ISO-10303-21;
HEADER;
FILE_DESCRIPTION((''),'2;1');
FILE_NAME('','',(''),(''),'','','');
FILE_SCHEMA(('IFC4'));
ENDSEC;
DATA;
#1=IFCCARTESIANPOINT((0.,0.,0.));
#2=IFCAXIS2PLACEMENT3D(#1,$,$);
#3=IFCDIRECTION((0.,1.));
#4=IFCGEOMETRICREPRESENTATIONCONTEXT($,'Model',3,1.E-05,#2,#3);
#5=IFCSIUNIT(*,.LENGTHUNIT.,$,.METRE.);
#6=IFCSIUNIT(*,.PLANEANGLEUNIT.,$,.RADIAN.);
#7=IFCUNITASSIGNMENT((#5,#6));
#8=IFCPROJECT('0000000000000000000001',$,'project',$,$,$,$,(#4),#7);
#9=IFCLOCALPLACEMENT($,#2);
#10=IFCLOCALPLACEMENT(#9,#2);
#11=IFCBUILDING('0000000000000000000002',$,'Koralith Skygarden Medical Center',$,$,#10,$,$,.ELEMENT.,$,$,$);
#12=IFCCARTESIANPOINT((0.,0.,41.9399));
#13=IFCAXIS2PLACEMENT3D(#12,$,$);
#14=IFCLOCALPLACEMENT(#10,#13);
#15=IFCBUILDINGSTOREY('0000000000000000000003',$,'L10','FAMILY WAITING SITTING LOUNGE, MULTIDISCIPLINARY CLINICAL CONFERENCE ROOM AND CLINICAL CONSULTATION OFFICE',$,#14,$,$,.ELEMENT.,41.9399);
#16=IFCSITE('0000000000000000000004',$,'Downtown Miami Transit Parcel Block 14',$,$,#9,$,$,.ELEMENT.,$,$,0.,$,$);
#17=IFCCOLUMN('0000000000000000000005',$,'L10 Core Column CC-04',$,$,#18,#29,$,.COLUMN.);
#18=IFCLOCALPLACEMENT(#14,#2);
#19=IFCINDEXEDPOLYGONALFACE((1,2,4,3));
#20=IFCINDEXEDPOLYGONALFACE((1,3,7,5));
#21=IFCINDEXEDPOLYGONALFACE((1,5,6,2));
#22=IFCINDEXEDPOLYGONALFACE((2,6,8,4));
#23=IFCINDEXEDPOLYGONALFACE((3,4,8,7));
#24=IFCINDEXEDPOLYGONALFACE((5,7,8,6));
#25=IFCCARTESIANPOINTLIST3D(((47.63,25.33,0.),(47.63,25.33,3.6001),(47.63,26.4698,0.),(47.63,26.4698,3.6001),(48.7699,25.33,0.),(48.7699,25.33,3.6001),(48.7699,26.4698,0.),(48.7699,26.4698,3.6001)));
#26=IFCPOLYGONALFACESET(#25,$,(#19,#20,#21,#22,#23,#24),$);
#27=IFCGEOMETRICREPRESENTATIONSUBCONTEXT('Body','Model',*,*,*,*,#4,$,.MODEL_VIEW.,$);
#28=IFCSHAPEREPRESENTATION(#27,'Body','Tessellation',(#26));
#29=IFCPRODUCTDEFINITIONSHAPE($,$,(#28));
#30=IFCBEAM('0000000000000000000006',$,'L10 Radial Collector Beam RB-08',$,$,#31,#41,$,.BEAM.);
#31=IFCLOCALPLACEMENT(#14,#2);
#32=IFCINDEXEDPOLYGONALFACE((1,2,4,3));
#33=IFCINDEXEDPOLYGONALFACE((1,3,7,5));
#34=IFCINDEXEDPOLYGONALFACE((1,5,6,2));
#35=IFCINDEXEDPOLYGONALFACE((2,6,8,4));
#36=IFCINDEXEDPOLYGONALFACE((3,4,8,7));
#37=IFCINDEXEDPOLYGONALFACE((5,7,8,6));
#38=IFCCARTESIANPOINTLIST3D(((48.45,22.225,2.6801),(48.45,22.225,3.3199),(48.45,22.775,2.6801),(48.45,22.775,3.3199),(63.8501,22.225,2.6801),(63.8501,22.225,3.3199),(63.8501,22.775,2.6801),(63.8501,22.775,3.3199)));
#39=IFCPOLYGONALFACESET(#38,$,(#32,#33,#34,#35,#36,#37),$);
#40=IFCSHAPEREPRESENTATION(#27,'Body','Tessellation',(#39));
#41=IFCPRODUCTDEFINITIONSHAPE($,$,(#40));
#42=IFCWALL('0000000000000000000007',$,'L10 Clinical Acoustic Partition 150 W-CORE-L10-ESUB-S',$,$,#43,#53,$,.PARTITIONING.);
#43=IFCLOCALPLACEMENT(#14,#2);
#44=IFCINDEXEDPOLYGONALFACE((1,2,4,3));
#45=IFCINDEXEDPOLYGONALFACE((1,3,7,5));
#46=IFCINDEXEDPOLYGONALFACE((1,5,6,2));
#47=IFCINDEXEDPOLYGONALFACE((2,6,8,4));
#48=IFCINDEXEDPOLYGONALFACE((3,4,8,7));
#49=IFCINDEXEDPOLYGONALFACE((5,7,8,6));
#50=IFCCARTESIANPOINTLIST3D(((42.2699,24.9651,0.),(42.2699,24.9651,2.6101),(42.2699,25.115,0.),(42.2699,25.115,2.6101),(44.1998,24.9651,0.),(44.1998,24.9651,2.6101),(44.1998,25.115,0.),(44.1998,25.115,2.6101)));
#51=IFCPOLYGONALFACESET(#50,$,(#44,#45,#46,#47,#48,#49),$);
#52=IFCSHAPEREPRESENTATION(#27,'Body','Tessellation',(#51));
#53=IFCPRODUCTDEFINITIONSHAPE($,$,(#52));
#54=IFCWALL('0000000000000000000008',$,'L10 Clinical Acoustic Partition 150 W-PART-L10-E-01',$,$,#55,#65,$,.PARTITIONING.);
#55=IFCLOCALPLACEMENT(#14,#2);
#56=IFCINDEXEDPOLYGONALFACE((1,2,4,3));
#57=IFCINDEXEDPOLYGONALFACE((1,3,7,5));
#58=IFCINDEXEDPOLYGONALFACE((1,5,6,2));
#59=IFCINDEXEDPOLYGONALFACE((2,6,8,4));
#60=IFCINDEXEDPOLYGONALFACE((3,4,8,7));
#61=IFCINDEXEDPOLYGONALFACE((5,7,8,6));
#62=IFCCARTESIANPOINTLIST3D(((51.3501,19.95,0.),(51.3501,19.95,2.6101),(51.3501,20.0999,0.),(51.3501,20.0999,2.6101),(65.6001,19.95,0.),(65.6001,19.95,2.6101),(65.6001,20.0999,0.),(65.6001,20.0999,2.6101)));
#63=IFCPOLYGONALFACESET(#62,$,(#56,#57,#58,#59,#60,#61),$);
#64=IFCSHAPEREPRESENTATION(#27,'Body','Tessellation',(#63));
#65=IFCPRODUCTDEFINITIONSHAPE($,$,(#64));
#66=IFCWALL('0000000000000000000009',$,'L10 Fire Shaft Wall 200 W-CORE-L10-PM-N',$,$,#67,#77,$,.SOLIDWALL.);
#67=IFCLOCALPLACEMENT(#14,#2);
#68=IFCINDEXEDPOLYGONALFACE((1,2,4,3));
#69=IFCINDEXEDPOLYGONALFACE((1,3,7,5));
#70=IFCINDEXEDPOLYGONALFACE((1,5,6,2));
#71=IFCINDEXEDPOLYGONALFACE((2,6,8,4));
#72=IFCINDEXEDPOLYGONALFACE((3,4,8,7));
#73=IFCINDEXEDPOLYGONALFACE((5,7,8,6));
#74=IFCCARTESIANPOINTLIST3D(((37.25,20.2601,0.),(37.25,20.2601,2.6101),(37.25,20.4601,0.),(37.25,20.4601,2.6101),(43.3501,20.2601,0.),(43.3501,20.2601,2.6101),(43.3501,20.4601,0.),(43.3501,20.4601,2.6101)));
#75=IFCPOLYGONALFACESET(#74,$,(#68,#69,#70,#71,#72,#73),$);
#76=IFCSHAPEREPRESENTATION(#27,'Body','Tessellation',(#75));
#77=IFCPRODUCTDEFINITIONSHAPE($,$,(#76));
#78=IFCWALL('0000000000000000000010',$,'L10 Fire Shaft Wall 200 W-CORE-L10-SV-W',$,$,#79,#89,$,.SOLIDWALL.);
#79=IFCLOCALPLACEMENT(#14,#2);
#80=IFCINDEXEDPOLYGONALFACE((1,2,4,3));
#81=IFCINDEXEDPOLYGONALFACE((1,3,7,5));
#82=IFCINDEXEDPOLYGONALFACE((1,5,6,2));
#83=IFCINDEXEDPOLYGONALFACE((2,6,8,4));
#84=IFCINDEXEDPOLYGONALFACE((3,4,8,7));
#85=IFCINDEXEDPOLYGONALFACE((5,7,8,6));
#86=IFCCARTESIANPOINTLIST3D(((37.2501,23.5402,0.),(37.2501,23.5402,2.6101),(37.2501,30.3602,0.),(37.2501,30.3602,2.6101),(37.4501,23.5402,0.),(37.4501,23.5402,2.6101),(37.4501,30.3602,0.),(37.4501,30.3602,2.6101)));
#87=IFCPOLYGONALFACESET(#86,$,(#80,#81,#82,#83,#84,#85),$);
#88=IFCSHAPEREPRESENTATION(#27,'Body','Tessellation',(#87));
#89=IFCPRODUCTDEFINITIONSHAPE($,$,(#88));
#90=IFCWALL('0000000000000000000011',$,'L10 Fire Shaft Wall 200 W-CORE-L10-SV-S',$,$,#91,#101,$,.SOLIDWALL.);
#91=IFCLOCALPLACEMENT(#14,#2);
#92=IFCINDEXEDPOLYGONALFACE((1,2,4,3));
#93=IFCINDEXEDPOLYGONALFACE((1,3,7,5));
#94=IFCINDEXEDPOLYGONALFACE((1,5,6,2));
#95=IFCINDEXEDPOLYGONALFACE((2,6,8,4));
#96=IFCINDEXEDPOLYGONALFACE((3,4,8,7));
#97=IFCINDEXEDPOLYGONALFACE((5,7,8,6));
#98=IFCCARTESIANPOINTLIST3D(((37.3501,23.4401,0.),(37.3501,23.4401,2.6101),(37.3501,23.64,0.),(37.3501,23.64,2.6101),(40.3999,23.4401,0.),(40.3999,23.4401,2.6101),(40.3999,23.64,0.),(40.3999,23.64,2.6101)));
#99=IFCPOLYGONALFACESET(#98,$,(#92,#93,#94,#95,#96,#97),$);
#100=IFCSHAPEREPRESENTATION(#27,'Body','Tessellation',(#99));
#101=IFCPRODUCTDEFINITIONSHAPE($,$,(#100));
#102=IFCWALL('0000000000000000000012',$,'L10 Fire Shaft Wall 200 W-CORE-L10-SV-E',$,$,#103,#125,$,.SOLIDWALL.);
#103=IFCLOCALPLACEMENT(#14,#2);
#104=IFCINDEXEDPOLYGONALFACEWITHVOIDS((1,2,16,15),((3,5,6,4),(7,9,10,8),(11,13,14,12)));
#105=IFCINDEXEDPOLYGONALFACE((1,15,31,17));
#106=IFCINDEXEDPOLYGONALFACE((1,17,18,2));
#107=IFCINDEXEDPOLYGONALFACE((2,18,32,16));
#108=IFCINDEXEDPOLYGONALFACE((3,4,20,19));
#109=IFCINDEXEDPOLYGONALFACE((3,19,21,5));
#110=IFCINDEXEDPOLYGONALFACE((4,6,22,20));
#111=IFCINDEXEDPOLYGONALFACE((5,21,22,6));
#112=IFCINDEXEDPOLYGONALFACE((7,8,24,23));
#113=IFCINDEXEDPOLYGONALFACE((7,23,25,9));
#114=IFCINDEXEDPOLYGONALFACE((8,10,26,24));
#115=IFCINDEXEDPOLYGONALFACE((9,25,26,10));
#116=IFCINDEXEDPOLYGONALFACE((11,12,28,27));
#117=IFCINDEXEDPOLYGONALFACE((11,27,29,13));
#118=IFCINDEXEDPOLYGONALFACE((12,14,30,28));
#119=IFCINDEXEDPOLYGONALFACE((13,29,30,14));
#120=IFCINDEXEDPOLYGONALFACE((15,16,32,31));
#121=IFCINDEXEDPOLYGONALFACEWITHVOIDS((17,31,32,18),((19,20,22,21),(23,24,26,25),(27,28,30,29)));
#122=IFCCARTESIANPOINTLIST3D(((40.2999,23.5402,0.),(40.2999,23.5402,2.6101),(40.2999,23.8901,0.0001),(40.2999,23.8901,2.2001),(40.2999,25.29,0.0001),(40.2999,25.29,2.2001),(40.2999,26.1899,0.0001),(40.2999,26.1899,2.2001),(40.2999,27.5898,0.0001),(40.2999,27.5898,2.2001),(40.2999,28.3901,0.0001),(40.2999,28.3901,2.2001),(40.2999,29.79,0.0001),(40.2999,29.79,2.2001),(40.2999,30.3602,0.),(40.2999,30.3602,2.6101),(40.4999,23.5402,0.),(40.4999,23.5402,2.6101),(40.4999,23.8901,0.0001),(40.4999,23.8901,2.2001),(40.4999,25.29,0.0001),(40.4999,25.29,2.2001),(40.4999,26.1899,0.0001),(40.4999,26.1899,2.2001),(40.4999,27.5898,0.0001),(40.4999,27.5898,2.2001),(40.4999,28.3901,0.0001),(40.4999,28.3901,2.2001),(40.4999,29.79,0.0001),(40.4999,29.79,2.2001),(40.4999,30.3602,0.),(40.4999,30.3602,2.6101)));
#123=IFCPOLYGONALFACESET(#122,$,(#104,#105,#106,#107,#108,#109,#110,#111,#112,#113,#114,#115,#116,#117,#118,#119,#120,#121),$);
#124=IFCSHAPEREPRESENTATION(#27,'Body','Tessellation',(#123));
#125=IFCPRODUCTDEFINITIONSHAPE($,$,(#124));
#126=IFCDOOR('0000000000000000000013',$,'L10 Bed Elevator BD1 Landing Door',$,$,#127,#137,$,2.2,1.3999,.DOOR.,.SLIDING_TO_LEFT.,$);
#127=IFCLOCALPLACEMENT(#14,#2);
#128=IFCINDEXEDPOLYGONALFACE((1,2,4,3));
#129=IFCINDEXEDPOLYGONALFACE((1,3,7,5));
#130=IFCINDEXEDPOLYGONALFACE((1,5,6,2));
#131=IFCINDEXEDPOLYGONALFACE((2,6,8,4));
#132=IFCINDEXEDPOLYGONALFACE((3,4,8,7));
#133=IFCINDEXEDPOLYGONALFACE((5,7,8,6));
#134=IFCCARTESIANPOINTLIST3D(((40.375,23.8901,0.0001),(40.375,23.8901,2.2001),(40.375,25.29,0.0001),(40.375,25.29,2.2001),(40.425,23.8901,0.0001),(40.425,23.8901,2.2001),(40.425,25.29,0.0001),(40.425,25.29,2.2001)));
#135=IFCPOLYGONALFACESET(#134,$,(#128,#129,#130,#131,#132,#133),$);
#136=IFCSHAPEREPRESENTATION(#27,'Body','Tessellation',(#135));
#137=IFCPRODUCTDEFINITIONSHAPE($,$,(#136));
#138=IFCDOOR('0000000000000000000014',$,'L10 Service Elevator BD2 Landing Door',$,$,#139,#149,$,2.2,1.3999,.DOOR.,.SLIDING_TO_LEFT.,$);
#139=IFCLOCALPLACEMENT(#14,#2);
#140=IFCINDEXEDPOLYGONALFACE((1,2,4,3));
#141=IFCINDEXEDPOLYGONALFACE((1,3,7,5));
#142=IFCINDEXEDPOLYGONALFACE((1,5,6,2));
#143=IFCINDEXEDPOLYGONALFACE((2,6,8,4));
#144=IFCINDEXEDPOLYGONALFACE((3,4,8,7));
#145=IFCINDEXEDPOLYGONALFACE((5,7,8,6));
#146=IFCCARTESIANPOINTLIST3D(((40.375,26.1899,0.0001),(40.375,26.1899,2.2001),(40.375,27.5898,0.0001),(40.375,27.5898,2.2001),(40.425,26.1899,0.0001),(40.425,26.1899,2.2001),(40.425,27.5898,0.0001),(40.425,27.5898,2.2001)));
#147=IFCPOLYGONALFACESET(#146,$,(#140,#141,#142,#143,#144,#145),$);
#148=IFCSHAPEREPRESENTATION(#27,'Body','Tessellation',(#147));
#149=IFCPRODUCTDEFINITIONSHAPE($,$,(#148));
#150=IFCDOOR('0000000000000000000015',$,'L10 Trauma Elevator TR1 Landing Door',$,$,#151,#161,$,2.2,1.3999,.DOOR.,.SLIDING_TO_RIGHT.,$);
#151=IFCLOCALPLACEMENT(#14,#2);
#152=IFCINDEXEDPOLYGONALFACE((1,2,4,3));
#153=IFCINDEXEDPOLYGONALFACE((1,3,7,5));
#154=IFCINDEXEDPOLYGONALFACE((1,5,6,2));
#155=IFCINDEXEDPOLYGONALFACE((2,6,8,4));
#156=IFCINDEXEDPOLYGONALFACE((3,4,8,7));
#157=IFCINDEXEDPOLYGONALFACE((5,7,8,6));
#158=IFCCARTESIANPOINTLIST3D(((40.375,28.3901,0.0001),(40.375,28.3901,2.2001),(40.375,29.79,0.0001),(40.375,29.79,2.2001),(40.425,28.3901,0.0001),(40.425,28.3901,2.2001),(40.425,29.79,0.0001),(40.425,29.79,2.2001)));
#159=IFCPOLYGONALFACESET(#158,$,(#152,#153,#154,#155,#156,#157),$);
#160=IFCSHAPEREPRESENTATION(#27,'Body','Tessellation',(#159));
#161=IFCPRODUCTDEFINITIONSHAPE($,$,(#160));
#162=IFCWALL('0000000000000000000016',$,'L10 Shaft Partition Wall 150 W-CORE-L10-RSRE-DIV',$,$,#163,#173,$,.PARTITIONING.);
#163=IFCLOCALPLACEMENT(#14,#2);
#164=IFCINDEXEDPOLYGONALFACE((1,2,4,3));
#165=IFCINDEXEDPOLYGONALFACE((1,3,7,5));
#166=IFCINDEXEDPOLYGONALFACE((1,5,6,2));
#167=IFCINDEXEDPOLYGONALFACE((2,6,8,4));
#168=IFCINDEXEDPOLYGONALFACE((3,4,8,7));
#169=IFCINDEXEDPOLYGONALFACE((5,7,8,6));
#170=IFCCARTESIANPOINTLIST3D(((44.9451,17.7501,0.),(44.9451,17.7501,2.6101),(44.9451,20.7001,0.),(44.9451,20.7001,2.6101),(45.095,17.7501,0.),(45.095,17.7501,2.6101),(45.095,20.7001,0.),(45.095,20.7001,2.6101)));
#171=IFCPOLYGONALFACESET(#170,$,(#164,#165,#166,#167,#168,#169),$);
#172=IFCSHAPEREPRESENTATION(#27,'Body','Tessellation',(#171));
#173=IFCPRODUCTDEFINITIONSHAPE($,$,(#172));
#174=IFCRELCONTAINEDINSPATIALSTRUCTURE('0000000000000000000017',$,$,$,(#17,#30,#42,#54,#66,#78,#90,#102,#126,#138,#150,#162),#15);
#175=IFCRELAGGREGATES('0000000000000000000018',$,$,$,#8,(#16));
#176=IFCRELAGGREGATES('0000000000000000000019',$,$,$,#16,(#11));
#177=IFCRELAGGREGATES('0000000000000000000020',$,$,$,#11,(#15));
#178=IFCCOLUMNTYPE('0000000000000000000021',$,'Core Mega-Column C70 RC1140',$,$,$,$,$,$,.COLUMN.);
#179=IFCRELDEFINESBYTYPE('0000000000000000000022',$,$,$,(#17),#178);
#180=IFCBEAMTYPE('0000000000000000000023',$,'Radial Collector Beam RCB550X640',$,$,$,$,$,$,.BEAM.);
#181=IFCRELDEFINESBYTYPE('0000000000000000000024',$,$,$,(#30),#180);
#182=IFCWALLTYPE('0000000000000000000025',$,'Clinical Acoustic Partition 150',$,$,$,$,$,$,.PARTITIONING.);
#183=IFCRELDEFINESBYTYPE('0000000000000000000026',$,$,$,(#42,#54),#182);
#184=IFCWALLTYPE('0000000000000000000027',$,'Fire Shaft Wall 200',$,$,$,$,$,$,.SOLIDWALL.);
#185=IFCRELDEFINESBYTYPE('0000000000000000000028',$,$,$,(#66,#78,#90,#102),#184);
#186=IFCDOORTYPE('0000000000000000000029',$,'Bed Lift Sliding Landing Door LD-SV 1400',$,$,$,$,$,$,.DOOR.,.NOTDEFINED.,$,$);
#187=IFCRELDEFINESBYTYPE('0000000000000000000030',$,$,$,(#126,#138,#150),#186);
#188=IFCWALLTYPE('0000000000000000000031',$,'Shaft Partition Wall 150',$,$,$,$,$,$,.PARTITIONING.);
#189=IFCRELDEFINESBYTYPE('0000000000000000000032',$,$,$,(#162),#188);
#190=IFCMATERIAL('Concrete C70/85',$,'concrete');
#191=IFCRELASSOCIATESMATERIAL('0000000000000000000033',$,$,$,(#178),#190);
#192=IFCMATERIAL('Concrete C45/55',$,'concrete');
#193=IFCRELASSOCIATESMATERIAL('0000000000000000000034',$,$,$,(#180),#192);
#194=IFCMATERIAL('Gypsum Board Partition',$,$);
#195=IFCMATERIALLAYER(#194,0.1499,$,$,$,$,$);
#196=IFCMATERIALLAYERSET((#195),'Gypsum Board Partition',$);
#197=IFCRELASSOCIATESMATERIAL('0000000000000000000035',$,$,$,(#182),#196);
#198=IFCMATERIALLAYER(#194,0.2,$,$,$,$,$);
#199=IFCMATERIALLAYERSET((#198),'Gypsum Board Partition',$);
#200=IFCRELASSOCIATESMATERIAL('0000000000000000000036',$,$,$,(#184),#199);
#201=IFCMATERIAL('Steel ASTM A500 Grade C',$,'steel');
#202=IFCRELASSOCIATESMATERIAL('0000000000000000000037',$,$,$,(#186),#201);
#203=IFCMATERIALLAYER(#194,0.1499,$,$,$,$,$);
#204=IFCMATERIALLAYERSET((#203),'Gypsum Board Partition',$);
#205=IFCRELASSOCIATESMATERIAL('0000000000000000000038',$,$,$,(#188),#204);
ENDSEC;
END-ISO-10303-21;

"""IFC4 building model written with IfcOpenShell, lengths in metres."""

from ifc_helpers import new_model, si_unit, direction, frame, frame_2d, origin, origin_2d, place, context, subcontext, project, spatial, rectangle, extrude, material, layer, layer_set, material_profile, profile_set, type_object, element, fill, save


model = new_model("IFC4")

# Units and contexts
model_context = context("Model", 3, precision=1e-05, world=origin(), true_north=direction((0.0, 1.0)))
body_context = subcontext(model_context, "Body", "Model", "MODEL_VIEW")
ifc_project = project(units=[si_unit("LENGTHUNIT", "METRE"), si_unit("PLANEANGLEUNIT", "RADIAN")], contexts=[model_context])

# Site, building, storey
site_placement = place(None, origin())
site = spatial("IfcSite", under=ifc_project, at=site_placement, Name="Downtown Miami Transit Parcel Block 14", CompositionType="ELEMENT", RefElevation=0.0)
building_placement = place(site_placement, origin())
building = spatial("IfcBuilding", under=site, at=building_placement, Name="Koralith Skygarden Medical Center", CompositionType="ELEMENT")
storey_placement = place(building_placement, frame((0.0, 0.0, 41.9399)))
storey = spatial("IfcBuildingStorey", under=building, at=storey_placement, Name="L10", Description="FAMILY WAITING SITTING LOUNGE, MULTIDISCIPLINARY CLINICAL CONFERENCE ROOM AND CLINICAL CONSULTATION OFFICE", CompositionType="ELEMENT", Elevation=41.9399)

# Column
ifc_material_1 = material(Name="Concrete C70/85", Category="concrete")
ifc_material_profile_1 = material_profile(ifc_material_1, rectangle(XDim=1.1399, YDim=1.1399, at=origin_2d()), Name="RC1140X1140")
ifc_profile_set_1 = profile_set([ifc_material_profile_1], Name="Concrete C70/85")
column_type = type_object("IfcColumnType", Name="Core Mega-Column C70 RC1140", PredefinedType="COLUMN", material=ifc_profile_set_1)
column_placement = place(storey_placement, frame((48.2, 25.8999, 0.0), z_axis=(0.0, 0.0, 1.0), x_axis=(1.0, 0.0, 0.0)))
element("IfcColumn", 1, at=column_placement, inside=storey, type_object=column_type, Name="L10 Core Column CC-04", PredefinedType="COLUMN", context=body_context, shape_type="SweptSolid", body=[
    extrude(rectangle(XDim=1.1399, YDim=1.1399, at=origin_2d()), origin(), (0.0, 0.0, 1.0), 3.6001),
])

# Beam
ifc_material_2 = material(Name="Concrete C45/55", Category="concrete")
ifc_material_profile_2 = material_profile(ifc_material_2, rectangle(XDim=0.55, YDim=0.6399, at=origin_2d()), Name="RCB550X640")
ifc_profile_set_2 = profile_set([ifc_material_profile_2], Name="Concrete C45/55")
beam_type = type_object("IfcBeamType", Name="Radial Collector Beam RCB550X640", PredefinedType="BEAM", material=ifc_profile_set_2)
beam_placement = place(storey_placement, frame((48.45, 22.5, 3.0), z_axis=(1.0, 0.0, 0.0), x_axis=(0.0, 1.0, 0.0)))
element("IfcBeam", 2, at=beam_placement, inside=storey, type_object=beam_type, Name="L10 Radial Collector Beam RB-08", PredefinedType="BEAM", context=body_context, shape_type="SweptSolid", body=[
    extrude(rectangle(XDim=0.55, YDim=0.6399, at=origin_2d()), origin(), (0.0, 0.0, 1.0), 15.4001),
])

# Shared definitions
ifc_material_3 = material(Name="Gypsum Board Partition")
ifc_layer_1 = layer(ifc_material_3, 0.1499)
ifc_layer_set_1 = layer_set([ifc_layer_1], Name="Gypsum Board Partition")
wall_type_1 = type_object("IfcWallType", Name="Clinical Acoustic Partition 150", PredefinedType="PARTITIONING", material=ifc_layer_set_1)

# Walls
wall_1_placement = place(storey_placement, frame((42.27, 25.04, 0.0), z_axis=(0.0, 0.0, 1.0), x_axis=(1.0, 0.0, 0.0)))
element("IfcWall", 3, at=wall_1_placement, inside=storey, type_object=wall_type_1, Name="L10 Clinical Acoustic Partition 150 W-CORE-L10-ESUB-S", PredefinedType="PARTITIONING", context=body_context, shape_type="SweptSolid", body=[
    extrude(rectangle(XDim=1.9299, YDim=0.1499, at=frame_2d((0.9648, 0.0))), origin(), (0.0, 0.0, 1.0), 2.6101),
])
wall_2_placement = place(storey_placement, frame((51.3501, 20.0249, 0.0), z_axis=(0.0, 0.0, 1.0), x_axis=(1.0, 0.0, 0.0)))
element("IfcWall", 4, at=wall_2_placement, inside=storey, type_object=wall_type_1, Name="L10 Clinical Acoustic Partition 150 W-PART-L10-E-01", PredefinedType="PARTITIONING", context=body_context, shape_type="SweptSolid", body=[
    extrude(rectangle(XDim=14.25, YDim=0.1499, at=frame_2d((7.125, 0.0))), origin(), (0.0, 0.0, 1.0), 2.6101),
])

# Shared definitions
ifc_layer_2 = layer(ifc_material_3, 0.2)
ifc_layer_set_2 = layer_set([ifc_layer_2], Name="Gypsum Board Partition")
wall_type_2 = type_object("IfcWallType", Name="Fire Shaft Wall 200", PredefinedType="SOLIDWALL", material=ifc_layer_set_2)
ifc_material_4 = material(Name="Steel ASTM A500 Grade C", Category="steel")

# Walls
wall_3_placement = place(storey_placement, frame((37.25, 20.3601, 0.0), z_axis=(0.0, 0.0, 1.0), x_axis=(1.0, 0.0, 0.0)))
element("IfcWall", 5, at=wall_3_placement, inside=storey, type_object=wall_type_2, Name="L10 Fire Shaft Wall 200 W-CORE-L10-PM-N", PredefinedType="SOLIDWALL", context=body_context, shape_type="SweptSolid", body=[
    extrude(rectangle(XDim=6.1001, YDim=0.2, at=frame_2d((3.05, 0.0))), origin(), (0.0, 0.0, 1.0), 2.6101),
])
wall_4_placement = place(storey_placement, frame((37.3501, 23.54, 0.0), z_axis=(0.0, 0.0, 1.0), x_axis=(0.0, 1.0, 0.0)))
element("IfcWall", 6, at=wall_4_placement, inside=storey, type_object=wall_type_2, Name="L10 Fire Shaft Wall 200 W-CORE-L10-SV-W", PredefinedType="SOLIDWALL", context=body_context, shape_type="SweptSolid", body=[
    extrude(rectangle(XDim=6.8201, YDim=0.2, at=frame_2d((3.4102, 0.0))), origin(), (0.0, 0.0, 1.0), 2.6101),
])
wall_5_placement = place(storey_placement, frame((37.3501, 23.54, 0.0), z_axis=(0.0, 0.0, 1.0), x_axis=(1.0, 0.0, 0.0)))
element("IfcWall", 7, at=wall_5_placement, inside=storey, type_object=wall_type_2, Name="L10 Fire Shaft Wall 200 W-CORE-L10-SV-S", PredefinedType="SOLIDWALL", context=body_context, shape_type="SweptSolid", body=[
    extrude(rectangle(XDim=3.0498, YDim=0.2, at=frame_2d((1.5249, 0.0))), origin(), (0.0, 0.0, 1.0), 2.6101),
])

# Wall, openings, doors
wall_6_placement = place(storey_placement, frame((40.3999, 23.54, 0.0), z_axis=(0.0, 0.0, 1.0), x_axis=(0.0, 1.0, 0.0)))
wall_6 = element("IfcWall", 8, at=wall_6_placement, inside=storey, type_object=wall_type_2, Name="L10 Fire Shaft Wall 200 W-CORE-L10-SV-E", PredefinedType="SOLIDWALL", context=body_context, shape_type="SweptSolid", body=[
    extrude(rectangle(XDim=6.8201, YDim=0.2, at=frame_2d((3.4102, 0.0))), origin(), (0.0, 0.0, 1.0), 2.6101),
])
opening_1_placement = place(wall_6_placement, frame((0.3501, 0.0, 0.0)))
opening_1 = element("IfcOpeningElement", 9, at=opening_1_placement, cuts=wall_6, PredefinedType="OPENING", context=body_context, shape_type="SweptSolid", body=[
    extrude(rectangle(XDim=1.3999, YDim=2.2, at=frame_2d((0.7, 1.1001))), frame((0.0, 0.1099, 0.0), z_axis=(0.0, -1.0, 0.0), x_axis=(1.0, 0.0, 0.0)), (0.0, 0.0, 1.0), 0.22),
])
opening_2_placement = place(wall_6_placement, frame((2.6499, 0.0, 0.0)))
opening_2 = element("IfcOpeningElement", 10, at=opening_2_placement, cuts=wall_6, PredefinedType="OPENING", context=body_context, shape_type="SweptSolid", body=[
    extrude(rectangle(XDim=1.3999, YDim=2.2, at=frame_2d((0.7, 1.1001))), frame((0.0, 0.1099, 0.0), z_axis=(0.0, -1.0, 0.0), x_axis=(1.0, 0.0, 0.0)), (0.0, 0.0, 1.0), 0.22),
])
opening_3_placement = place(wall_6_placement, frame((4.8501, 0.0, 0.0)))
opening_3 = element("IfcOpeningElement", 11, at=opening_3_placement, cuts=wall_6, PredefinedType="OPENING", context=body_context, shape_type="SweptSolid", body=[
    extrude(rectangle(XDim=1.3999, YDim=2.2, at=frame_2d((0.7, 1.1001))), frame((0.0, 0.1099, 0.0), z_axis=(0.0, -1.0, 0.0), x_axis=(1.0, 0.0, 0.0)), (0.0, 0.0, 1.0), 0.22),
])
door_type_1 = type_object("IfcDoorType", Name="Bed Lift Sliding Landing Door LD-SV 1400", OperationType="NOTDEFINED", PredefinedType="DOOR", material=ifc_material_4)
door_1_placement = place(opening_1_placement, origin())
door_1 = element("IfcDoor", 12, at=door_1_placement, inside=storey, type_object=door_type_1, Name="L10 Bed Elevator BD1 Landing Door", OperationType="SLIDING_TO_LEFT", OverallHeight=2.2, OverallWidth=1.3999, PredefinedType="DOOR", context=body_context, shape_type="SweptSolid", body=[
    extrude(rectangle(XDim=1.3999, YDim=2.2, at=frame_2d((0.7, 1.1001))), frame((0.0, 0.0249, 0.0), z_axis=(0.0, -1.0, 0.0), x_axis=(1.0, 0.0, 0.0)), (0.0, 0.0, 1.0), 0.05),
])
fill(opening_1, door_1)
door_2_placement = place(opening_2_placement, origin())
door_2 = element("IfcDoor", 13, at=door_2_placement, inside=storey, type_object=door_type_1, Name="L10 Service Elevator BD2 Landing Door", OperationType="SLIDING_TO_LEFT", OverallHeight=2.2, OverallWidth=1.3999, PredefinedType="DOOR", context=body_context, shape_type="SweptSolid", body=[
    extrude(rectangle(XDim=1.3999, YDim=2.2, at=frame_2d((0.7, 1.1001))), frame((0.0, 0.0249, 0.0), z_axis=(0.0, -1.0, 0.0), x_axis=(1.0, 0.0, 0.0)), (0.0, 0.0, 1.0), 0.05),
])
fill(opening_2, door_2)
door_3_placement = place(opening_3_placement, origin())
door_3 = element("IfcDoor", 14, at=door_3_placement, inside=storey, type_object=door_type_1, Name="L10 Trauma Elevator TR1 Landing Door", OperationType="SLIDING_TO_RIGHT", OverallHeight=2.2, OverallWidth=1.3999, PredefinedType="DOOR", context=body_context, shape_type="SweptSolid", body=[
    extrude(rectangle(XDim=1.3999, YDim=2.2, at=frame_2d((0.7, 1.1001))), frame((0.0, 0.0249, 0.0), z_axis=(0.0, -1.0, 0.0), x_axis=(1.0, 0.0, 0.0)), (0.0, 0.0, 1.0), 0.05),
])
fill(opening_3, door_3)

# Wall
ifc_layer_3 = layer(ifc_material_3, 0.1499)
ifc_layer_set_3 = layer_set([ifc_layer_3], Name="Gypsum Board Partition")
wall_type_3 = type_object("IfcWallType", Name="Shaft Partition Wall 150", PredefinedType="PARTITIONING", material=ifc_layer_set_3)
wall_7_placement = place(storey_placement, frame((45.02, 17.75, 0.0), z_axis=(0.0, 0.0, 1.0), x_axis=(0.0, 1.0, 0.0)))
element("IfcWall", 15, at=wall_7_placement, inside=storey, type_object=wall_type_3, Name="L10 Shaft Partition Wall 150 W-CORE-L10-RSRE-DIV", PredefinedType="PARTITIONING", context=body_context, shape_type="SweptSolid", body=[
    extrude(rectangle(XDim=2.95, YDim=0.1499, at=frame_2d((1.4751, 0.0))), origin(), (0.0, 0.0, 1.0), 2.6101),
])

save(model, "model.ifc")
